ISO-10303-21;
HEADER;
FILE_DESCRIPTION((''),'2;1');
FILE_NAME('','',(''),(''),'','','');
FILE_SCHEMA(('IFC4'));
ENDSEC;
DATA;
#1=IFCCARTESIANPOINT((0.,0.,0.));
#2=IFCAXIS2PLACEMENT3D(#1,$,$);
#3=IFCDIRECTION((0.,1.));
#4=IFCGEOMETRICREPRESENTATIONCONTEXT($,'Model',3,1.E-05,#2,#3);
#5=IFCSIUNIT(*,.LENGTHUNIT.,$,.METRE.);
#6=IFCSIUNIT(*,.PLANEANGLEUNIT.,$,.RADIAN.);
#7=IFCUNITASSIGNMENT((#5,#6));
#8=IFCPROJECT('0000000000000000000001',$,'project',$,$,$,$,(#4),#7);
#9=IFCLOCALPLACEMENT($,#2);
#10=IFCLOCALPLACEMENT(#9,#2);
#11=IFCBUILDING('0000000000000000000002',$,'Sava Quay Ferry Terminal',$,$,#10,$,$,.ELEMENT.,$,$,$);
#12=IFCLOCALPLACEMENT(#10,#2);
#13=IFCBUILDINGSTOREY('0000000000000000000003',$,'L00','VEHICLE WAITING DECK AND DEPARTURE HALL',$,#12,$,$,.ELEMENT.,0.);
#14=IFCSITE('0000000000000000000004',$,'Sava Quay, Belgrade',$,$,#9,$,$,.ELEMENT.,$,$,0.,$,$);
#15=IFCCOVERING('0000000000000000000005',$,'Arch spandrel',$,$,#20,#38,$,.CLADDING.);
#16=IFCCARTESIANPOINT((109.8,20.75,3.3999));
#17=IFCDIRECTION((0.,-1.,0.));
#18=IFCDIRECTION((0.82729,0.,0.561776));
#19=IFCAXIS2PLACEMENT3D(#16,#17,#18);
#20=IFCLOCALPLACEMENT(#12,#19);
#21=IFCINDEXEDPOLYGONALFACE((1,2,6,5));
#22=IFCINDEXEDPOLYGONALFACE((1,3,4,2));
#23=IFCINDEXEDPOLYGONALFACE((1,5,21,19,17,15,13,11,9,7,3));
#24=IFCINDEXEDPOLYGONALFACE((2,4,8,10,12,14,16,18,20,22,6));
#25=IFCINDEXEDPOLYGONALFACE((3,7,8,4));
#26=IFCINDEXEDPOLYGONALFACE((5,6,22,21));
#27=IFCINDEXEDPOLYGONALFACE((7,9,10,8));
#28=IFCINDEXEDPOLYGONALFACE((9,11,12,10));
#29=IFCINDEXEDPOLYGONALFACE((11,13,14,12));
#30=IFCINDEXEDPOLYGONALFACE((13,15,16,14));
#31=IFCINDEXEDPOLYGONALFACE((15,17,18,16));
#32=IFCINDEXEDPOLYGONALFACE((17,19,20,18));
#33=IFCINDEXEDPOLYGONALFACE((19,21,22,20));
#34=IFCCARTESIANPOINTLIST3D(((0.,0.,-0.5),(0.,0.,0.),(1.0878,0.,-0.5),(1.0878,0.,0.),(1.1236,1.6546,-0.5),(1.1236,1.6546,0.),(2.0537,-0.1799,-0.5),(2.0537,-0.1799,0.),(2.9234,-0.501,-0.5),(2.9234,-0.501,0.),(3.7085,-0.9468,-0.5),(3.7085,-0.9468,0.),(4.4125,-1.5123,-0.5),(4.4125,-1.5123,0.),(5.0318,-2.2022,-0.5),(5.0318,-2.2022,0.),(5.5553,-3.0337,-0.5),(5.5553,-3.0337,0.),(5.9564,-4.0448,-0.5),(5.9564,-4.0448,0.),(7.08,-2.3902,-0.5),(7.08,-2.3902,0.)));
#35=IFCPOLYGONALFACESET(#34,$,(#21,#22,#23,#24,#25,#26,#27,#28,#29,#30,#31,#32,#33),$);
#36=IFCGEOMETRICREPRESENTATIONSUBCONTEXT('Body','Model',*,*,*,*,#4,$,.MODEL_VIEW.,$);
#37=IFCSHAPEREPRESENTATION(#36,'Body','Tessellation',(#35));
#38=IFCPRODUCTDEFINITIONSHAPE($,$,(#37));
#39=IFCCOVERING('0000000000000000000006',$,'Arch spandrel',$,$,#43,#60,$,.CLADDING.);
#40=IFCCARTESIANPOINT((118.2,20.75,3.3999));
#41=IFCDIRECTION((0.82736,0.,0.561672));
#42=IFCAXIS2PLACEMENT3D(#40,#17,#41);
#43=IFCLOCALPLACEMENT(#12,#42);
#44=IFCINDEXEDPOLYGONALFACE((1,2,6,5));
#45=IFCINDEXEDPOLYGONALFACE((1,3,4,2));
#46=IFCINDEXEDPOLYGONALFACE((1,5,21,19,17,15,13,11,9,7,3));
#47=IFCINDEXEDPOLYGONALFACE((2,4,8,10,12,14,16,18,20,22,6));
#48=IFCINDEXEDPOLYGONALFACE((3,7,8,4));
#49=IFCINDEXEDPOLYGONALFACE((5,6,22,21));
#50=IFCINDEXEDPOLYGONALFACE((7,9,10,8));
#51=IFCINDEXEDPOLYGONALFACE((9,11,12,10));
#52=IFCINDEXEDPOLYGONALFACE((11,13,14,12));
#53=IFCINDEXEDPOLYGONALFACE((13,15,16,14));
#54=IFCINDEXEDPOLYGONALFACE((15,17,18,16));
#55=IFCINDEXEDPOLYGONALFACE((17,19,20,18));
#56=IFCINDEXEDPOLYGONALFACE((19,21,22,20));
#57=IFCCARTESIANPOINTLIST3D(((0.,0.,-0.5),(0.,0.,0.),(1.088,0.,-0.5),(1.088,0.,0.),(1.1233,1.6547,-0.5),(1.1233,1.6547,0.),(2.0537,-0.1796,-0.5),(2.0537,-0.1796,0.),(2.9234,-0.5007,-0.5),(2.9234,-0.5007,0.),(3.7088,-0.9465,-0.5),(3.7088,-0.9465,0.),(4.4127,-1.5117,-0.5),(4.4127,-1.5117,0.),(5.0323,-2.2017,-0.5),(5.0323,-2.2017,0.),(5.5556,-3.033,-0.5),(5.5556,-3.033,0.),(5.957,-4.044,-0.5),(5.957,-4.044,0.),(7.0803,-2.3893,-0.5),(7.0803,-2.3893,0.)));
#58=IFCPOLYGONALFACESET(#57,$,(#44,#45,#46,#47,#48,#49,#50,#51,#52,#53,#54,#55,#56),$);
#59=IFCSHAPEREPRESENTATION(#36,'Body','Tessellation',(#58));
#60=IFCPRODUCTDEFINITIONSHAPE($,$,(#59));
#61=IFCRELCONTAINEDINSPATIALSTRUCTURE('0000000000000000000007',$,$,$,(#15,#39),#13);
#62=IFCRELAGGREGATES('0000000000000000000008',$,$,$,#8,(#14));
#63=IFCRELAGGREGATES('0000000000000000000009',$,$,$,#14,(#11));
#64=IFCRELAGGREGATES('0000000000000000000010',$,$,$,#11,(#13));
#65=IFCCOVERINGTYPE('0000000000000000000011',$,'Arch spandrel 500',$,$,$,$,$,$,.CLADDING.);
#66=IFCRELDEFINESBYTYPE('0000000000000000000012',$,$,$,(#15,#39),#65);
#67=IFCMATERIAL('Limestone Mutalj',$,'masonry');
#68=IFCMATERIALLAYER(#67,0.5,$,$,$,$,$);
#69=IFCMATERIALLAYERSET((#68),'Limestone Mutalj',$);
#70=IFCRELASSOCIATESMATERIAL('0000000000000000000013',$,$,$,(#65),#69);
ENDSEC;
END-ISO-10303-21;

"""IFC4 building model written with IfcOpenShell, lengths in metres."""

from ifc_helpers import new_model, si_unit, direction, frame, origin, place, context, subcontext, project, spatial, polyline, outline, extrude, material, layer, layer_set, type_object, element, save


model = new_model("IFC4")

# Units and contexts
model_context = context("Model", 3, precision=1e-05, world=origin(), true_north=direction((0.0, 1.0)))
body_context = subcontext(model_context, "Body", "Model", "MODEL_VIEW")
ifc_project = project(units=[si_unit("LENGTHUNIT", "METRE"), si_unit("PLANEANGLEUNIT", "RADIAN")], contexts=[model_context])

# Site, building, storey
site_placement = place(None, origin())
site = spatial("IfcSite", under=ifc_project, at=site_placement, Name="Sava Quay, Belgrade", CompositionType="ELEMENT", RefElevation=0.0)
building_placement = place(site_placement, origin())
building = spatial("IfcBuilding", under=site, at=building_placement, Name="Sava Quay Ferry Terminal", CompositionType="ELEMENT")
storey_placement = place(building_placement, origin())
storey = spatial("IfcBuildingStorey", under=building, at=storey_placement, Name="L00", Description="VEHICLE WAITING DECK AND DEPARTURE HALL", CompositionType="ELEMENT", Elevation=0.0)

# Coverings
ifc_material_1 = material(Name="Limestone Mutalj", Category="masonry")
ifc_layer_1 = layer(ifc_material_1, 0.5)
ifc_layer_set_1 = layer_set([ifc_layer_1], Name="Limestone Mutalj")
covering_type_1 = type_object("IfcCoveringType", Name="Arch spandrel 500", PredefinedType="CLADDING", material=ifc_layer_set_1)
covering_1_placement = place(storey_placement, frame((109.8, 20.75, 3.3999), z_axis=(0.0, -1.0, 0.0), x_axis=(0.82729, 0.0, 0.561776)))
element("IfcCovering", 1, at=covering_1_placement, inside=storey, type_object=covering_type_1, Name="Arch spandrel", PredefinedType="CLADDING", context=body_context, shape_type="SweptSolid", body=[
    extrude(outline(polyline([(0.0, 0.0), (1.0878, 0.0), (2.0537, -0.1799), (2.9234, -0.501), (3.7085, -0.9468), (4.4125, -1.5123), (5.0318, -2.2022), (5.5553, -3.0337), (5.9564, -4.0448), (7.08, -2.3902), (1.1236, 1.6546), (0.0, 0.0)])), origin(), (0.0, 0.0, -1.0), 0.5),
])
covering_2_placement = place(storey_placement, frame((118.2, 20.75, 3.3999), z_axis=(0.0, -1.0, 0.0), x_axis=(0.82736, 0.0, 0.561672)))
element("IfcCovering", 2, at=covering_2_placement, inside=storey, type_object=covering_type_1, Name="Arch spandrel", PredefinedType="CLADDING", context=body_context, shape_type="SweptSolid", body=[
    extrude(outline(polyline([(0.0, 0.0), (1.088, 0.0), (2.0537, -0.1796), (2.9234, -0.5007), (3.7088, -0.9465), (4.4127, -1.5117), (5.0323, -2.2017), (5.5556, -3.033), (5.957, -4.044), (7.0803, -2.3893), (1.1233, 1.6547), (0.0, 0.0)])), origin(), (0.0, 0.0, -1.0), 0.5),
])

save(model, "model.ifc")
